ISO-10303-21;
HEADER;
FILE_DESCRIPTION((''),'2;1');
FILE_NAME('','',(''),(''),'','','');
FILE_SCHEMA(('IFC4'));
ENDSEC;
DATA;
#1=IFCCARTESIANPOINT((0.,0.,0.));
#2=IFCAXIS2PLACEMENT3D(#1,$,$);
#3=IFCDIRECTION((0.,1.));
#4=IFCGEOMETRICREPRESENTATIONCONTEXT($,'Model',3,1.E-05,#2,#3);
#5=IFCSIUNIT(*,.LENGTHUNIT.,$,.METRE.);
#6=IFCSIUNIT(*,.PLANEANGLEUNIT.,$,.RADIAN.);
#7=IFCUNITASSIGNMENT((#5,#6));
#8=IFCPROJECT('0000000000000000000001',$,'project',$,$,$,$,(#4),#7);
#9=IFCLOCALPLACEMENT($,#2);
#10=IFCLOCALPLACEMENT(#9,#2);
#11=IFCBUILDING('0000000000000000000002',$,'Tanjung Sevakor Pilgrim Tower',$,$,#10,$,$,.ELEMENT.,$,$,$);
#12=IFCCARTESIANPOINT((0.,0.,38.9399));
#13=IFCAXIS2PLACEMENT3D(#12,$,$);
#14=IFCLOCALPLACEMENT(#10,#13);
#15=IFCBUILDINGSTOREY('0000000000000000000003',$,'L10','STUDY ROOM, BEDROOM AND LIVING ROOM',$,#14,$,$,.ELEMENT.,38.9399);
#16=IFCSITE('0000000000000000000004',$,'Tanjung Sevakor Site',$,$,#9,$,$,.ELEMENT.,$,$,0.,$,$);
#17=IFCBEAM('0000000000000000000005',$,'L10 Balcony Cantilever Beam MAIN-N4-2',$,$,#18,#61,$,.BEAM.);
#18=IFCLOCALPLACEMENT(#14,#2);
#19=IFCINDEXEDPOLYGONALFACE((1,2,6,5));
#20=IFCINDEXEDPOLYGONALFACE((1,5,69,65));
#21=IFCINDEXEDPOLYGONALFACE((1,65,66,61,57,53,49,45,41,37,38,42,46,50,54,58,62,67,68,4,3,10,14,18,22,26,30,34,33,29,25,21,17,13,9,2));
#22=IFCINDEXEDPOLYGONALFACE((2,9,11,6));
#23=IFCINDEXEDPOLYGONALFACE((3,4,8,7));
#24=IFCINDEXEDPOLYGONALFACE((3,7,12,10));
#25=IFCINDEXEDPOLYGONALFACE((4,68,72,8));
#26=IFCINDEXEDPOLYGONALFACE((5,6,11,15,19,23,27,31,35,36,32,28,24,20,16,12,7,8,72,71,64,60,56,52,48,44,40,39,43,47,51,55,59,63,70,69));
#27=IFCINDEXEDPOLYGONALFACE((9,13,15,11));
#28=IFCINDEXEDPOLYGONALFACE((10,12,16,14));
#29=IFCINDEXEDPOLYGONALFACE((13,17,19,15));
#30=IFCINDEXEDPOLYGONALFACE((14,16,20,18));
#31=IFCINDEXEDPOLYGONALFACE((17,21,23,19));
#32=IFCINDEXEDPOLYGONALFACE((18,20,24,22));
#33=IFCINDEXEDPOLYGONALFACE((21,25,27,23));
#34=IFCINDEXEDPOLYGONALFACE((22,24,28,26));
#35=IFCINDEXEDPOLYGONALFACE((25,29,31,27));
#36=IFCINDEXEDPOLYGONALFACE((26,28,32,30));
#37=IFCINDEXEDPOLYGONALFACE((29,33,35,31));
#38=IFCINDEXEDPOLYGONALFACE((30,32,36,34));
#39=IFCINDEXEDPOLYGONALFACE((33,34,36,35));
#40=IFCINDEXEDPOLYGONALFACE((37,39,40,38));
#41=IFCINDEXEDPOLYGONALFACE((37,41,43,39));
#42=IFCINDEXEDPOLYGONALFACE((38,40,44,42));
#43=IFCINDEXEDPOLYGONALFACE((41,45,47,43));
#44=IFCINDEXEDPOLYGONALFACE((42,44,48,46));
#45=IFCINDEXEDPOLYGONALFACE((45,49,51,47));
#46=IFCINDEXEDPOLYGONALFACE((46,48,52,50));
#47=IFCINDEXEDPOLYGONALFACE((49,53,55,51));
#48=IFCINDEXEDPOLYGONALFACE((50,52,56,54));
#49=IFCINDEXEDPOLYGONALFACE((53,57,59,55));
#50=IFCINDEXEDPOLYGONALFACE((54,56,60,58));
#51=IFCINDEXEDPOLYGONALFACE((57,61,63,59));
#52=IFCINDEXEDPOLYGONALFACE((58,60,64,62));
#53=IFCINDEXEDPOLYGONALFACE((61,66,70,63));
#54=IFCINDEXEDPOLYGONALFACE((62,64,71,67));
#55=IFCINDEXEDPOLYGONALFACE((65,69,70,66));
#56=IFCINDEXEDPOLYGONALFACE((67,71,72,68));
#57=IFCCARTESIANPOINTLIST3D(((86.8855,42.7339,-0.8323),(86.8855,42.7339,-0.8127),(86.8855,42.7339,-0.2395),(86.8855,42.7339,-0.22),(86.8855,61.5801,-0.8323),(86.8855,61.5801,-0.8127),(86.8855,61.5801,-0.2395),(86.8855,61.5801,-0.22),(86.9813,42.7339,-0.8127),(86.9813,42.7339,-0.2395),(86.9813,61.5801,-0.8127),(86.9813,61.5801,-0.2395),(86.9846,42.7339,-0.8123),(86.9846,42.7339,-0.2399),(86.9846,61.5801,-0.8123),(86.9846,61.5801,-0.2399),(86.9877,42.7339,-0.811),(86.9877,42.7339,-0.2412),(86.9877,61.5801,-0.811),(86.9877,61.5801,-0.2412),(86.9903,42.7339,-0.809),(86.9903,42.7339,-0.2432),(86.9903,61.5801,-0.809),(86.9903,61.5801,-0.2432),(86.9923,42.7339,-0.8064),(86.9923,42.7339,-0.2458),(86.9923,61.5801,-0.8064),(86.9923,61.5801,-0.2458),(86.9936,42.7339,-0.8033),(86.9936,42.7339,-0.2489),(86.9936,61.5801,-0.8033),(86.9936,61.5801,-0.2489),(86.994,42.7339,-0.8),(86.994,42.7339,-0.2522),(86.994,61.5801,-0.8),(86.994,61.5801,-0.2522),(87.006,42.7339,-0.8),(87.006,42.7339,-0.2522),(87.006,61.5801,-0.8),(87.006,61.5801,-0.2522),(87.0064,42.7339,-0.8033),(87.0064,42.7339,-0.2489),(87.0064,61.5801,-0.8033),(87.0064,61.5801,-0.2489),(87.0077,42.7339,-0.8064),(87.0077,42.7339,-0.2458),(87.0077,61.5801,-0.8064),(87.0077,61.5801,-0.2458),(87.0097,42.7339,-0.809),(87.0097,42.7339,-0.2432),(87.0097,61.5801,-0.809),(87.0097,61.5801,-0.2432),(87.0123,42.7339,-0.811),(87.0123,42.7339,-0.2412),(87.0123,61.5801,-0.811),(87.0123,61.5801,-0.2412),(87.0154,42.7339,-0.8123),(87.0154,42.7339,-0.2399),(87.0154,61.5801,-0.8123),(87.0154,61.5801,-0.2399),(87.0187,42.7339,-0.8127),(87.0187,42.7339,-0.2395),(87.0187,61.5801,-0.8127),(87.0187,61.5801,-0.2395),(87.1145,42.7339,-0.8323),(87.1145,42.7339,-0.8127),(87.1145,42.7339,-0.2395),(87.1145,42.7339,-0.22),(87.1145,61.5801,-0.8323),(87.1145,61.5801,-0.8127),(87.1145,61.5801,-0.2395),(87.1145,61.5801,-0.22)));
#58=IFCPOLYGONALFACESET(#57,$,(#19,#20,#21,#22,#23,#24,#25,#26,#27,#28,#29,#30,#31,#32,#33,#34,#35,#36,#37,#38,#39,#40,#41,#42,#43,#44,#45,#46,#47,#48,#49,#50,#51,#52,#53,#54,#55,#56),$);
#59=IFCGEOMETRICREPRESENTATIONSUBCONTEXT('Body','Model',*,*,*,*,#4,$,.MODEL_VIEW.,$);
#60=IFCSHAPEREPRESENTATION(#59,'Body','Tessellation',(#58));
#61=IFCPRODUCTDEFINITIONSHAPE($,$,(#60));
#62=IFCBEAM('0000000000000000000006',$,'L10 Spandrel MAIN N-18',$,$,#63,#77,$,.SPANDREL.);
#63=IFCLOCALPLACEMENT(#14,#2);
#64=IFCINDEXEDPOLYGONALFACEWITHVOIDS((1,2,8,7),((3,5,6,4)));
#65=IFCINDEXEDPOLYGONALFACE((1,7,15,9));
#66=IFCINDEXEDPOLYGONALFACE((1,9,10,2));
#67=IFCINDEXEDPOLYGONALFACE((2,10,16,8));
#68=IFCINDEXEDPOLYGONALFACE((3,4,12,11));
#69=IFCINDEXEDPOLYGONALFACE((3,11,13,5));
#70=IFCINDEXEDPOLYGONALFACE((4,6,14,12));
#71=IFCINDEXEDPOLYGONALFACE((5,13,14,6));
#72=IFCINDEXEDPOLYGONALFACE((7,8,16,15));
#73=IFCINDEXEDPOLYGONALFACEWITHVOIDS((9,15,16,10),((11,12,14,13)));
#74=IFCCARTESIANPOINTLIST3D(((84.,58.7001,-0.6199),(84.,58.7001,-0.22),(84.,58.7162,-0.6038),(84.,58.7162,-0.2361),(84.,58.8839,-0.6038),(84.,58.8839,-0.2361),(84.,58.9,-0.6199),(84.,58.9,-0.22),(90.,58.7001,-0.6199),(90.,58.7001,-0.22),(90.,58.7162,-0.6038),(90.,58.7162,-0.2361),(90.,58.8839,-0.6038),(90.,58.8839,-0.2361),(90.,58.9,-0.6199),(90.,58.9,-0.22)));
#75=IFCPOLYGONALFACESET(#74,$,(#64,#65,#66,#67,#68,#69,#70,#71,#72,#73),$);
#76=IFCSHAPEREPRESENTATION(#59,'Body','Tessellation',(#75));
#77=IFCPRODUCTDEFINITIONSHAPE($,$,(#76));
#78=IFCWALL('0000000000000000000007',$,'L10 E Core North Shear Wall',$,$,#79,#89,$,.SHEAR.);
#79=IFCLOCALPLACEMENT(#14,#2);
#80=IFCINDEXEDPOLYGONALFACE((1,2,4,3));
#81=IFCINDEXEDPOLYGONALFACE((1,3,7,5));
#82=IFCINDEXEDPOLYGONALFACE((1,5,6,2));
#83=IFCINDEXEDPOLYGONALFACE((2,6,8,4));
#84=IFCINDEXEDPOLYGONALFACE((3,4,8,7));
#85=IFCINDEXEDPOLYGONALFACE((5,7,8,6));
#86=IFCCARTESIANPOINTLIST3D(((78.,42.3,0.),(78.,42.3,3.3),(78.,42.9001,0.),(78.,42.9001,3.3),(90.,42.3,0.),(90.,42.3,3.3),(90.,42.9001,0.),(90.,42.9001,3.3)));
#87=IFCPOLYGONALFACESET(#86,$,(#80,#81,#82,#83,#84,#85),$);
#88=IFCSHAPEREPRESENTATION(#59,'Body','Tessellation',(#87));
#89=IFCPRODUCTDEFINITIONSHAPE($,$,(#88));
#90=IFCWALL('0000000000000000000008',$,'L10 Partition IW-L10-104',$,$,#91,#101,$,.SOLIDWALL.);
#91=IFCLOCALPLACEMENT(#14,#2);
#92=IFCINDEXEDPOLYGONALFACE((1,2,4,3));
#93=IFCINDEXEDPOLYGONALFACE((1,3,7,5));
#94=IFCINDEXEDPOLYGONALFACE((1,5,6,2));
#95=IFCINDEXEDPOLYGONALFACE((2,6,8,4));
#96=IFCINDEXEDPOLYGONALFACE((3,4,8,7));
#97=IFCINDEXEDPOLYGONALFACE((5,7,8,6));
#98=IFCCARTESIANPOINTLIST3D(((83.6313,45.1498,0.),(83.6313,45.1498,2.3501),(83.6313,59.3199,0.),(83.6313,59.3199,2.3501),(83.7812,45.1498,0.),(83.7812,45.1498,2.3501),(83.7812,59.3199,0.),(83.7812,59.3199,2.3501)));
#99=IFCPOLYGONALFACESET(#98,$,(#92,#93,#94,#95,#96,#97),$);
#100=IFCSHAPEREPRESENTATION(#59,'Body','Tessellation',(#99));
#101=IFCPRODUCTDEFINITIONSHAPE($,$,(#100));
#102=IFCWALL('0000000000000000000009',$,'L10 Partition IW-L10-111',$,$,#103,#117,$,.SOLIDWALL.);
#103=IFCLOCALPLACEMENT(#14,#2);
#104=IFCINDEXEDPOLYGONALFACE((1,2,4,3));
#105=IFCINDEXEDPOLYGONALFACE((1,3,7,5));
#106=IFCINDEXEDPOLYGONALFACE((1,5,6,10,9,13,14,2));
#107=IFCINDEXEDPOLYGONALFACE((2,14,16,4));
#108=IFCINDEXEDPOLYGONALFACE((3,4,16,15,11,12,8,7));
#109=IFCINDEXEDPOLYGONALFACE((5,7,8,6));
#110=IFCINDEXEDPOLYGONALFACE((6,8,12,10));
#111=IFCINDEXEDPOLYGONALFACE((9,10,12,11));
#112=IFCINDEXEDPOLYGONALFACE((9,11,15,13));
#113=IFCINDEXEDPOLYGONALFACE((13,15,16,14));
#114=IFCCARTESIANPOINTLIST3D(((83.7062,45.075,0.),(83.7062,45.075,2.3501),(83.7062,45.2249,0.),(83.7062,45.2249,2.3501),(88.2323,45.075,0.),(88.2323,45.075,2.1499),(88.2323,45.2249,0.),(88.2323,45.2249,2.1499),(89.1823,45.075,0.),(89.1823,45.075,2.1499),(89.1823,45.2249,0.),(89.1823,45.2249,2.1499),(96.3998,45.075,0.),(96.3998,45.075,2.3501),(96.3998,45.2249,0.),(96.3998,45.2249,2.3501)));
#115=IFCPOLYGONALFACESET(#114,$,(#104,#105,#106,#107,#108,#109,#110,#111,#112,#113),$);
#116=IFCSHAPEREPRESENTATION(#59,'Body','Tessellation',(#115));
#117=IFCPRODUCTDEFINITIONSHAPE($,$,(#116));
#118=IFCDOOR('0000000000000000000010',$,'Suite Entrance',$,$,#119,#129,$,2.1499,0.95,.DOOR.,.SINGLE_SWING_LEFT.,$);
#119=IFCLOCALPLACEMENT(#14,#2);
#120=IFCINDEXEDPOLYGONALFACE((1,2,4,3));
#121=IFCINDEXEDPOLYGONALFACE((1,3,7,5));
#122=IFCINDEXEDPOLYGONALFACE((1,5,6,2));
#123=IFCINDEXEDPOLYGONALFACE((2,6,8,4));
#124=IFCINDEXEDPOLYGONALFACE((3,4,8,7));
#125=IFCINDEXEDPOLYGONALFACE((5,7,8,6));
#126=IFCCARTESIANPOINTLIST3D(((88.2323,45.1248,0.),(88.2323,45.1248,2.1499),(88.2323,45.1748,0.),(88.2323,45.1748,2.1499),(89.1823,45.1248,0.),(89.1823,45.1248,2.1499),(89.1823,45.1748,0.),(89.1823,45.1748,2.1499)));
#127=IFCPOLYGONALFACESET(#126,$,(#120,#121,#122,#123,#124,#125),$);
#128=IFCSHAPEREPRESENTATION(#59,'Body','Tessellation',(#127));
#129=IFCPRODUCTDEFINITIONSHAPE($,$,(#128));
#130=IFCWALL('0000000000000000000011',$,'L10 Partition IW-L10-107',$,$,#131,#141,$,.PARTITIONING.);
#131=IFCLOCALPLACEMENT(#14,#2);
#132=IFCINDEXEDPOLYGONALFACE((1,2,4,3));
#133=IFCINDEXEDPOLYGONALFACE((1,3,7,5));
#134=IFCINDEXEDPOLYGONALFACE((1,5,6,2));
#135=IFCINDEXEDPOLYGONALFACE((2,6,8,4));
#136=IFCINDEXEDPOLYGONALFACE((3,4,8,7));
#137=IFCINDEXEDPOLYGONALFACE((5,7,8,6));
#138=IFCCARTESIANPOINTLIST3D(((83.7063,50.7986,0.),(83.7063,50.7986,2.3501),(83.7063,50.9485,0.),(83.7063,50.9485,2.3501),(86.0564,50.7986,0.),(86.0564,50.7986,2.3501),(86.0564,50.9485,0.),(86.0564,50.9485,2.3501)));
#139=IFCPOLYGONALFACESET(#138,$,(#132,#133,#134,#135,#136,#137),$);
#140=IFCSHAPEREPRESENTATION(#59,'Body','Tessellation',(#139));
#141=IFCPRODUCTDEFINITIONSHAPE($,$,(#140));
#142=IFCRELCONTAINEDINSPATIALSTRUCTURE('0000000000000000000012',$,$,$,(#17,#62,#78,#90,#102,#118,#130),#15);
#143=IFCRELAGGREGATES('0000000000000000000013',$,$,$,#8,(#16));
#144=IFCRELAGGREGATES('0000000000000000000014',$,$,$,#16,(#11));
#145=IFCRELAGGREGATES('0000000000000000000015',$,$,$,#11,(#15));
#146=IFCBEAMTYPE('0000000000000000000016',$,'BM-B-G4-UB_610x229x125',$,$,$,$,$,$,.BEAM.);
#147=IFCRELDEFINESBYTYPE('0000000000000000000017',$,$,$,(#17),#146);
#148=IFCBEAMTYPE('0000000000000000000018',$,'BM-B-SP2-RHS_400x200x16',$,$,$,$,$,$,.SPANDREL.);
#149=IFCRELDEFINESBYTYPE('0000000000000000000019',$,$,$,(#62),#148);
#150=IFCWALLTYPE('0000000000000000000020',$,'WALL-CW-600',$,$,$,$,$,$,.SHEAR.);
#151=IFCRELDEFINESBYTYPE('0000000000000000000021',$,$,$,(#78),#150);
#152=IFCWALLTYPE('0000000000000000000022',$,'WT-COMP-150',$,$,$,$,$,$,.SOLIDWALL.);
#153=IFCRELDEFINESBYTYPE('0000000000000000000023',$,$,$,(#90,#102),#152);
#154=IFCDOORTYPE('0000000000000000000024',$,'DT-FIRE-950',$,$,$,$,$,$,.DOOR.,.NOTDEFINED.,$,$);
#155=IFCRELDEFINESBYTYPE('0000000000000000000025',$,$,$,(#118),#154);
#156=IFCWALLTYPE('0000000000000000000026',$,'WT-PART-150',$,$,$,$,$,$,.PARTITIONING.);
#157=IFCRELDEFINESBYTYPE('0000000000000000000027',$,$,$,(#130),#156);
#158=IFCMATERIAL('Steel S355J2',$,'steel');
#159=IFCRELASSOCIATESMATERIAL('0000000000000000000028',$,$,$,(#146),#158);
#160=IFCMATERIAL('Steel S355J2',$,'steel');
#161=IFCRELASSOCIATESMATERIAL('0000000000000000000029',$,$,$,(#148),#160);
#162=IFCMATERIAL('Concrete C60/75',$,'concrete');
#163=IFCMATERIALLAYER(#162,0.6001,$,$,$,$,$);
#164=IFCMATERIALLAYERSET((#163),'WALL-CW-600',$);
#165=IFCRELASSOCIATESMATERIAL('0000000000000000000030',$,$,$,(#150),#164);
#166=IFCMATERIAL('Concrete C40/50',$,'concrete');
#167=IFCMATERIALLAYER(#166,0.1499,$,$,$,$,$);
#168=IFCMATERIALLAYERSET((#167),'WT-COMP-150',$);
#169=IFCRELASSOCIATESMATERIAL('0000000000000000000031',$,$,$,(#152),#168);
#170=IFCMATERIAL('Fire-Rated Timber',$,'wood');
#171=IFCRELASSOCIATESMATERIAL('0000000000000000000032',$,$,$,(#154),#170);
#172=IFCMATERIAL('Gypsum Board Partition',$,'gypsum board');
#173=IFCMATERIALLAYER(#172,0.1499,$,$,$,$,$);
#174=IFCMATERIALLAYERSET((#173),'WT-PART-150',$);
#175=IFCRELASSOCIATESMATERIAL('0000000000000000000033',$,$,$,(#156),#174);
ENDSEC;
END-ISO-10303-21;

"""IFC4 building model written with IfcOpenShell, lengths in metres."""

from ifc_helpers import new_model, si_unit, direction, frame, frame_2d, origin, origin_2d, place, context, subcontext, project, spatial, rectangle, hollow_rectangle, i_section, extrude, material, layer, layer_set, material_profile, profile_set, type_object, element, fill, save


model = new_model("IFC4")

# Units and contexts
model_context = context("Model", 3, precision=1e-05, world=origin(), true_north=direction((0.0, 1.0)))
body_context = subcontext(model_context, "Body", "Model", "MODEL_VIEW")
ifc_project = project(units=[si_unit("LENGTHUNIT", "METRE"), si_unit("PLANEANGLEUNIT", "RADIAN")], contexts=[model_context])

# Site, building, storey
site_placement = place(None, origin())
site = spatial("IfcSite", under=ifc_project, at=site_placement, Name="Tanjung Sevakor Site", CompositionType="ELEMENT", RefElevation=0.0)
building_placement = place(site_placement, origin())
building = spatial("IfcBuilding", under=site, at=building_placement, Name="Tanjung Sevakor Pilgrim Tower", CompositionType="ELEMENT")
storey_placement = place(building_placement, frame((0.0, 0.0, 38.9399)))
storey = spatial("IfcBuildingStorey", under=building, at=storey_placement, Name="L10", Description="STUDY ROOM, BEDROOM AND LIVING ROOM", CompositionType="ELEMENT", Elevation=38.9399)

# Beams
ifc_material_1 = material(Name="Steel S355J2", Category="steel")
ifc_material_profile_1 = material_profile(ifc_material_1, i_section(OverallWidth=0.229, OverallDepth=0.6123, WebThickness=0.012, FlangeThickness=0.0195, FilletRadius=0.0127, at=origin_2d()))
ifc_profile_set_1 = profile_set([ifc_material_profile_1], Name="Steel S355J2")
beam_type_1 = type_object("IfcBeamType", Name="BM-B-G4-UB_610x229x125", PredefinedType="BEAM", material=ifc_profile_set_1)
beam_1_placement = place(storey_placement, frame((87.0, 42.7339, -0.5261), z_axis=(0.0, 1.0, 0.0), x_axis=(-1.0, 0.0, 0.0)))
element("IfcBeam", 1, at=beam_1_placement, inside=storey, type_object=beam_type_1, Name="L10 Balcony Cantilever Beam MAIN-N4-2", PredefinedType="BEAM", context=body_context, shape_type="SweptSolid", body=[
    extrude(i_section(OverallWidth=0.229, OverallDepth=0.6123, WebThickness=0.012, FlangeThickness=0.0195, FilletRadius=0.0127, at=origin_2d()), origin(), (0.0, 0.0, 1.0), 18.8462),
])
ifc_material_2 = material(Name="Steel S355J2", Category="steel")
ifc_material_profile_2 = material_profile(ifc_material_2, hollow_rectangle(XDim=0.2, YDim=0.3999, WallThickness=0.0161, at=origin_2d()))
ifc_profile_set_2 = profile_set([ifc_material_profile_2], Name="Steel S355J2")
beam_type_2 = type_object("IfcBeamType", Name="BM-B-SP2-RHS_400x200x16", PredefinedType="SPANDREL", material=ifc_profile_set_2)
beam_2_placement = place(storey_placement, frame((84.0, 58.8, -0.4199), z_axis=(1.0, 0.0, 0.0), x_axis=(0.0, 1.0, 0.0)))
element("IfcBeam", 2, at=beam_2_placement, inside=storey, type_object=beam_type_2, Name="L10 Spandrel MAIN N-18", PredefinedType="SPANDREL", context=body_context, shape_type="SweptSolid", body=[
    extrude(hollow_rectangle(XDim=0.2, YDim=0.3999, WallThickness=0.0161, at=origin_2d()), origin(), (0.0, 0.0, 1.0), 6.0),
])

# Walls
ifc_material_3 = material(Name="Concrete C60/75", Category="concrete")
ifc_layer_1 = layer(ifc_material_3, 0.6001)
ifc_layer_set_1 = layer_set([ifc_layer_1], Name="WALL-CW-600")
wall_type_1 = type_object("IfcWallType", Name="WALL-CW-600", PredefinedType="SHEAR", material=ifc_layer_set_1)
wall_1_placement = place(storey_placement, frame((90.0, 42.6001, 0.0), z_axis=(0.0, 0.0, 1.0), x_axis=(-1.0, 0.0, 0.0)))
element("IfcWall", 3, at=wall_1_placement, inside=storey, type_object=wall_type_1, Name="L10 E Core North Shear Wall", PredefinedType="SHEAR", context=body_context, shape_type="SweptSolid", body=[
    extrude(rectangle(XDim=12.0, YDim=0.6001, at=frame_2d((6.0, 0.0))), origin(), (0.0, 0.0, 1.0), 3.3),
])
ifc_material_4 = material(Name="Concrete C40/50", Category="concrete")
ifc_layer_2 = layer(ifc_material_4, 0.1499)
ifc_layer_set_2 = layer_set([ifc_layer_2], Name="WT-COMP-150")
wall_type_2 = type_object("IfcWallType", Name="WT-COMP-150", PredefinedType="SOLIDWALL", material=ifc_layer_set_2)
wall_2_placement = place(storey_placement, frame((83.7063, 45.1499, 0.0), z_axis=(0.0, 0.0, 1.0), x_axis=(0.0, 1.0, 0.0)))
element("IfcWall", 4, at=wall_2_placement, inside=storey, type_object=wall_type_2, Name="L10 Partition IW-L10-104", PredefinedType="SOLIDWALL", context=body_context, shape_type="SweptSolid", body=[
    extrude(rectangle(XDim=14.1702, YDim=0.1499, at=frame_2d((7.085, 0.0))), origin(), (0.0, 0.0, 1.0), 2.3501),
])

# Wall, opening, door
wall_3_placement = place(storey_placement, frame((83.7063, 45.1499, 0.0), z_axis=(0.0, 0.0, 1.0), x_axis=(1.0, 0.0, 0.0)))
wall_3 = element("IfcWall", 5, at=wall_3_placement, inside=storey, type_object=wall_type_2, Name="L10 Partition IW-L10-111", PredefinedType="SOLIDWALL", context=body_context, shape_type="SweptSolid", body=[
    extrude(rectangle(XDim=12.6936, YDim=0.1499, at=frame_2d((6.3467, 0.0))), origin(), (0.0, 0.0, 1.0), 2.3501),
])
opening_1_placement = place(wall_3_placement, frame((4.5259, 0.0, 0.0)))
opening_1 = element("IfcOpeningElement", 6, at=opening_1_placement, cuts=wall_3, PredefinedType="OPENING", context=body_context, shape_type="SweptSolid", body=[
    extrude(rectangle(XDim=0.95, YDim=2.1499, at=frame_2d((0.4751, 1.075))), frame((0.0, 0.085, 0.0), z_axis=(0.0, -1.0, 0.0), x_axis=(1.0, 0.0, 0.0)), (0.0, 0.0, 1.0), 0.1699),
])
ifc_material_5 = material(Name="Fire-Rated Timber", Category="wood")
door_type_1 = type_object("IfcDoorType", Name="DT-FIRE-950", OperationType="NOTDEFINED", PredefinedType="DOOR", material=ifc_material_5)
door_1_placement = place(opening_1_placement, origin())
door_1 = element("IfcDoor", 7, at=door_1_placement, inside=storey, type_object=door_type_1, Name="Suite Entrance", OperationType="SINGLE_SWING_LEFT", OverallHeight=2.1499, OverallWidth=0.95, PredefinedType="DOOR", context=body_context, shape_type="SweptSolid", body=[
    extrude(rectangle(XDim=0.95, YDim=2.1499, at=frame_2d((0.4751, 1.075))), frame((0.0, 0.0249, 0.0), z_axis=(0.0, -1.0, 0.0), x_axis=(1.0, 0.0, 0.0)), (0.0, 0.0, 1.0), 0.05),
])
fill(opening_1, door_1)

# Wall
ifc_material_6 = material(Name="Gypsum Board Partition", Category="gypsum board")
ifc_layer_3 = layer(ifc_material_6, 0.1499)
ifc_layer_set_3 = layer_set([ifc_layer_3], Name="WT-PART-150")
wall_type_3 = type_object("IfcWallType", Name="WT-PART-150", PredefinedType="PARTITIONING", material=ifc_layer_set_3)
wall_4_placement = place(storey_placement, frame((83.7063, 50.8735, 0.0), z_axis=(0.0, 0.0, 1.0), x_axis=(1.0, 0.0, 0.0)))
element("IfcWall", 8, at=wall_4_placement, inside=storey, type_object=wall_type_3, Name="L10 Partition IW-L10-107", PredefinedType="PARTITIONING", context=body_context, shape_type="SweptSolid", body=[
    extrude(rectangle(XDim=2.3501, YDim=0.1499, at=frame_2d((1.175, 0.0))), origin(), (0.0, 0.0, 1.0), 2.3501),
])

save(model, "model.ifc")
